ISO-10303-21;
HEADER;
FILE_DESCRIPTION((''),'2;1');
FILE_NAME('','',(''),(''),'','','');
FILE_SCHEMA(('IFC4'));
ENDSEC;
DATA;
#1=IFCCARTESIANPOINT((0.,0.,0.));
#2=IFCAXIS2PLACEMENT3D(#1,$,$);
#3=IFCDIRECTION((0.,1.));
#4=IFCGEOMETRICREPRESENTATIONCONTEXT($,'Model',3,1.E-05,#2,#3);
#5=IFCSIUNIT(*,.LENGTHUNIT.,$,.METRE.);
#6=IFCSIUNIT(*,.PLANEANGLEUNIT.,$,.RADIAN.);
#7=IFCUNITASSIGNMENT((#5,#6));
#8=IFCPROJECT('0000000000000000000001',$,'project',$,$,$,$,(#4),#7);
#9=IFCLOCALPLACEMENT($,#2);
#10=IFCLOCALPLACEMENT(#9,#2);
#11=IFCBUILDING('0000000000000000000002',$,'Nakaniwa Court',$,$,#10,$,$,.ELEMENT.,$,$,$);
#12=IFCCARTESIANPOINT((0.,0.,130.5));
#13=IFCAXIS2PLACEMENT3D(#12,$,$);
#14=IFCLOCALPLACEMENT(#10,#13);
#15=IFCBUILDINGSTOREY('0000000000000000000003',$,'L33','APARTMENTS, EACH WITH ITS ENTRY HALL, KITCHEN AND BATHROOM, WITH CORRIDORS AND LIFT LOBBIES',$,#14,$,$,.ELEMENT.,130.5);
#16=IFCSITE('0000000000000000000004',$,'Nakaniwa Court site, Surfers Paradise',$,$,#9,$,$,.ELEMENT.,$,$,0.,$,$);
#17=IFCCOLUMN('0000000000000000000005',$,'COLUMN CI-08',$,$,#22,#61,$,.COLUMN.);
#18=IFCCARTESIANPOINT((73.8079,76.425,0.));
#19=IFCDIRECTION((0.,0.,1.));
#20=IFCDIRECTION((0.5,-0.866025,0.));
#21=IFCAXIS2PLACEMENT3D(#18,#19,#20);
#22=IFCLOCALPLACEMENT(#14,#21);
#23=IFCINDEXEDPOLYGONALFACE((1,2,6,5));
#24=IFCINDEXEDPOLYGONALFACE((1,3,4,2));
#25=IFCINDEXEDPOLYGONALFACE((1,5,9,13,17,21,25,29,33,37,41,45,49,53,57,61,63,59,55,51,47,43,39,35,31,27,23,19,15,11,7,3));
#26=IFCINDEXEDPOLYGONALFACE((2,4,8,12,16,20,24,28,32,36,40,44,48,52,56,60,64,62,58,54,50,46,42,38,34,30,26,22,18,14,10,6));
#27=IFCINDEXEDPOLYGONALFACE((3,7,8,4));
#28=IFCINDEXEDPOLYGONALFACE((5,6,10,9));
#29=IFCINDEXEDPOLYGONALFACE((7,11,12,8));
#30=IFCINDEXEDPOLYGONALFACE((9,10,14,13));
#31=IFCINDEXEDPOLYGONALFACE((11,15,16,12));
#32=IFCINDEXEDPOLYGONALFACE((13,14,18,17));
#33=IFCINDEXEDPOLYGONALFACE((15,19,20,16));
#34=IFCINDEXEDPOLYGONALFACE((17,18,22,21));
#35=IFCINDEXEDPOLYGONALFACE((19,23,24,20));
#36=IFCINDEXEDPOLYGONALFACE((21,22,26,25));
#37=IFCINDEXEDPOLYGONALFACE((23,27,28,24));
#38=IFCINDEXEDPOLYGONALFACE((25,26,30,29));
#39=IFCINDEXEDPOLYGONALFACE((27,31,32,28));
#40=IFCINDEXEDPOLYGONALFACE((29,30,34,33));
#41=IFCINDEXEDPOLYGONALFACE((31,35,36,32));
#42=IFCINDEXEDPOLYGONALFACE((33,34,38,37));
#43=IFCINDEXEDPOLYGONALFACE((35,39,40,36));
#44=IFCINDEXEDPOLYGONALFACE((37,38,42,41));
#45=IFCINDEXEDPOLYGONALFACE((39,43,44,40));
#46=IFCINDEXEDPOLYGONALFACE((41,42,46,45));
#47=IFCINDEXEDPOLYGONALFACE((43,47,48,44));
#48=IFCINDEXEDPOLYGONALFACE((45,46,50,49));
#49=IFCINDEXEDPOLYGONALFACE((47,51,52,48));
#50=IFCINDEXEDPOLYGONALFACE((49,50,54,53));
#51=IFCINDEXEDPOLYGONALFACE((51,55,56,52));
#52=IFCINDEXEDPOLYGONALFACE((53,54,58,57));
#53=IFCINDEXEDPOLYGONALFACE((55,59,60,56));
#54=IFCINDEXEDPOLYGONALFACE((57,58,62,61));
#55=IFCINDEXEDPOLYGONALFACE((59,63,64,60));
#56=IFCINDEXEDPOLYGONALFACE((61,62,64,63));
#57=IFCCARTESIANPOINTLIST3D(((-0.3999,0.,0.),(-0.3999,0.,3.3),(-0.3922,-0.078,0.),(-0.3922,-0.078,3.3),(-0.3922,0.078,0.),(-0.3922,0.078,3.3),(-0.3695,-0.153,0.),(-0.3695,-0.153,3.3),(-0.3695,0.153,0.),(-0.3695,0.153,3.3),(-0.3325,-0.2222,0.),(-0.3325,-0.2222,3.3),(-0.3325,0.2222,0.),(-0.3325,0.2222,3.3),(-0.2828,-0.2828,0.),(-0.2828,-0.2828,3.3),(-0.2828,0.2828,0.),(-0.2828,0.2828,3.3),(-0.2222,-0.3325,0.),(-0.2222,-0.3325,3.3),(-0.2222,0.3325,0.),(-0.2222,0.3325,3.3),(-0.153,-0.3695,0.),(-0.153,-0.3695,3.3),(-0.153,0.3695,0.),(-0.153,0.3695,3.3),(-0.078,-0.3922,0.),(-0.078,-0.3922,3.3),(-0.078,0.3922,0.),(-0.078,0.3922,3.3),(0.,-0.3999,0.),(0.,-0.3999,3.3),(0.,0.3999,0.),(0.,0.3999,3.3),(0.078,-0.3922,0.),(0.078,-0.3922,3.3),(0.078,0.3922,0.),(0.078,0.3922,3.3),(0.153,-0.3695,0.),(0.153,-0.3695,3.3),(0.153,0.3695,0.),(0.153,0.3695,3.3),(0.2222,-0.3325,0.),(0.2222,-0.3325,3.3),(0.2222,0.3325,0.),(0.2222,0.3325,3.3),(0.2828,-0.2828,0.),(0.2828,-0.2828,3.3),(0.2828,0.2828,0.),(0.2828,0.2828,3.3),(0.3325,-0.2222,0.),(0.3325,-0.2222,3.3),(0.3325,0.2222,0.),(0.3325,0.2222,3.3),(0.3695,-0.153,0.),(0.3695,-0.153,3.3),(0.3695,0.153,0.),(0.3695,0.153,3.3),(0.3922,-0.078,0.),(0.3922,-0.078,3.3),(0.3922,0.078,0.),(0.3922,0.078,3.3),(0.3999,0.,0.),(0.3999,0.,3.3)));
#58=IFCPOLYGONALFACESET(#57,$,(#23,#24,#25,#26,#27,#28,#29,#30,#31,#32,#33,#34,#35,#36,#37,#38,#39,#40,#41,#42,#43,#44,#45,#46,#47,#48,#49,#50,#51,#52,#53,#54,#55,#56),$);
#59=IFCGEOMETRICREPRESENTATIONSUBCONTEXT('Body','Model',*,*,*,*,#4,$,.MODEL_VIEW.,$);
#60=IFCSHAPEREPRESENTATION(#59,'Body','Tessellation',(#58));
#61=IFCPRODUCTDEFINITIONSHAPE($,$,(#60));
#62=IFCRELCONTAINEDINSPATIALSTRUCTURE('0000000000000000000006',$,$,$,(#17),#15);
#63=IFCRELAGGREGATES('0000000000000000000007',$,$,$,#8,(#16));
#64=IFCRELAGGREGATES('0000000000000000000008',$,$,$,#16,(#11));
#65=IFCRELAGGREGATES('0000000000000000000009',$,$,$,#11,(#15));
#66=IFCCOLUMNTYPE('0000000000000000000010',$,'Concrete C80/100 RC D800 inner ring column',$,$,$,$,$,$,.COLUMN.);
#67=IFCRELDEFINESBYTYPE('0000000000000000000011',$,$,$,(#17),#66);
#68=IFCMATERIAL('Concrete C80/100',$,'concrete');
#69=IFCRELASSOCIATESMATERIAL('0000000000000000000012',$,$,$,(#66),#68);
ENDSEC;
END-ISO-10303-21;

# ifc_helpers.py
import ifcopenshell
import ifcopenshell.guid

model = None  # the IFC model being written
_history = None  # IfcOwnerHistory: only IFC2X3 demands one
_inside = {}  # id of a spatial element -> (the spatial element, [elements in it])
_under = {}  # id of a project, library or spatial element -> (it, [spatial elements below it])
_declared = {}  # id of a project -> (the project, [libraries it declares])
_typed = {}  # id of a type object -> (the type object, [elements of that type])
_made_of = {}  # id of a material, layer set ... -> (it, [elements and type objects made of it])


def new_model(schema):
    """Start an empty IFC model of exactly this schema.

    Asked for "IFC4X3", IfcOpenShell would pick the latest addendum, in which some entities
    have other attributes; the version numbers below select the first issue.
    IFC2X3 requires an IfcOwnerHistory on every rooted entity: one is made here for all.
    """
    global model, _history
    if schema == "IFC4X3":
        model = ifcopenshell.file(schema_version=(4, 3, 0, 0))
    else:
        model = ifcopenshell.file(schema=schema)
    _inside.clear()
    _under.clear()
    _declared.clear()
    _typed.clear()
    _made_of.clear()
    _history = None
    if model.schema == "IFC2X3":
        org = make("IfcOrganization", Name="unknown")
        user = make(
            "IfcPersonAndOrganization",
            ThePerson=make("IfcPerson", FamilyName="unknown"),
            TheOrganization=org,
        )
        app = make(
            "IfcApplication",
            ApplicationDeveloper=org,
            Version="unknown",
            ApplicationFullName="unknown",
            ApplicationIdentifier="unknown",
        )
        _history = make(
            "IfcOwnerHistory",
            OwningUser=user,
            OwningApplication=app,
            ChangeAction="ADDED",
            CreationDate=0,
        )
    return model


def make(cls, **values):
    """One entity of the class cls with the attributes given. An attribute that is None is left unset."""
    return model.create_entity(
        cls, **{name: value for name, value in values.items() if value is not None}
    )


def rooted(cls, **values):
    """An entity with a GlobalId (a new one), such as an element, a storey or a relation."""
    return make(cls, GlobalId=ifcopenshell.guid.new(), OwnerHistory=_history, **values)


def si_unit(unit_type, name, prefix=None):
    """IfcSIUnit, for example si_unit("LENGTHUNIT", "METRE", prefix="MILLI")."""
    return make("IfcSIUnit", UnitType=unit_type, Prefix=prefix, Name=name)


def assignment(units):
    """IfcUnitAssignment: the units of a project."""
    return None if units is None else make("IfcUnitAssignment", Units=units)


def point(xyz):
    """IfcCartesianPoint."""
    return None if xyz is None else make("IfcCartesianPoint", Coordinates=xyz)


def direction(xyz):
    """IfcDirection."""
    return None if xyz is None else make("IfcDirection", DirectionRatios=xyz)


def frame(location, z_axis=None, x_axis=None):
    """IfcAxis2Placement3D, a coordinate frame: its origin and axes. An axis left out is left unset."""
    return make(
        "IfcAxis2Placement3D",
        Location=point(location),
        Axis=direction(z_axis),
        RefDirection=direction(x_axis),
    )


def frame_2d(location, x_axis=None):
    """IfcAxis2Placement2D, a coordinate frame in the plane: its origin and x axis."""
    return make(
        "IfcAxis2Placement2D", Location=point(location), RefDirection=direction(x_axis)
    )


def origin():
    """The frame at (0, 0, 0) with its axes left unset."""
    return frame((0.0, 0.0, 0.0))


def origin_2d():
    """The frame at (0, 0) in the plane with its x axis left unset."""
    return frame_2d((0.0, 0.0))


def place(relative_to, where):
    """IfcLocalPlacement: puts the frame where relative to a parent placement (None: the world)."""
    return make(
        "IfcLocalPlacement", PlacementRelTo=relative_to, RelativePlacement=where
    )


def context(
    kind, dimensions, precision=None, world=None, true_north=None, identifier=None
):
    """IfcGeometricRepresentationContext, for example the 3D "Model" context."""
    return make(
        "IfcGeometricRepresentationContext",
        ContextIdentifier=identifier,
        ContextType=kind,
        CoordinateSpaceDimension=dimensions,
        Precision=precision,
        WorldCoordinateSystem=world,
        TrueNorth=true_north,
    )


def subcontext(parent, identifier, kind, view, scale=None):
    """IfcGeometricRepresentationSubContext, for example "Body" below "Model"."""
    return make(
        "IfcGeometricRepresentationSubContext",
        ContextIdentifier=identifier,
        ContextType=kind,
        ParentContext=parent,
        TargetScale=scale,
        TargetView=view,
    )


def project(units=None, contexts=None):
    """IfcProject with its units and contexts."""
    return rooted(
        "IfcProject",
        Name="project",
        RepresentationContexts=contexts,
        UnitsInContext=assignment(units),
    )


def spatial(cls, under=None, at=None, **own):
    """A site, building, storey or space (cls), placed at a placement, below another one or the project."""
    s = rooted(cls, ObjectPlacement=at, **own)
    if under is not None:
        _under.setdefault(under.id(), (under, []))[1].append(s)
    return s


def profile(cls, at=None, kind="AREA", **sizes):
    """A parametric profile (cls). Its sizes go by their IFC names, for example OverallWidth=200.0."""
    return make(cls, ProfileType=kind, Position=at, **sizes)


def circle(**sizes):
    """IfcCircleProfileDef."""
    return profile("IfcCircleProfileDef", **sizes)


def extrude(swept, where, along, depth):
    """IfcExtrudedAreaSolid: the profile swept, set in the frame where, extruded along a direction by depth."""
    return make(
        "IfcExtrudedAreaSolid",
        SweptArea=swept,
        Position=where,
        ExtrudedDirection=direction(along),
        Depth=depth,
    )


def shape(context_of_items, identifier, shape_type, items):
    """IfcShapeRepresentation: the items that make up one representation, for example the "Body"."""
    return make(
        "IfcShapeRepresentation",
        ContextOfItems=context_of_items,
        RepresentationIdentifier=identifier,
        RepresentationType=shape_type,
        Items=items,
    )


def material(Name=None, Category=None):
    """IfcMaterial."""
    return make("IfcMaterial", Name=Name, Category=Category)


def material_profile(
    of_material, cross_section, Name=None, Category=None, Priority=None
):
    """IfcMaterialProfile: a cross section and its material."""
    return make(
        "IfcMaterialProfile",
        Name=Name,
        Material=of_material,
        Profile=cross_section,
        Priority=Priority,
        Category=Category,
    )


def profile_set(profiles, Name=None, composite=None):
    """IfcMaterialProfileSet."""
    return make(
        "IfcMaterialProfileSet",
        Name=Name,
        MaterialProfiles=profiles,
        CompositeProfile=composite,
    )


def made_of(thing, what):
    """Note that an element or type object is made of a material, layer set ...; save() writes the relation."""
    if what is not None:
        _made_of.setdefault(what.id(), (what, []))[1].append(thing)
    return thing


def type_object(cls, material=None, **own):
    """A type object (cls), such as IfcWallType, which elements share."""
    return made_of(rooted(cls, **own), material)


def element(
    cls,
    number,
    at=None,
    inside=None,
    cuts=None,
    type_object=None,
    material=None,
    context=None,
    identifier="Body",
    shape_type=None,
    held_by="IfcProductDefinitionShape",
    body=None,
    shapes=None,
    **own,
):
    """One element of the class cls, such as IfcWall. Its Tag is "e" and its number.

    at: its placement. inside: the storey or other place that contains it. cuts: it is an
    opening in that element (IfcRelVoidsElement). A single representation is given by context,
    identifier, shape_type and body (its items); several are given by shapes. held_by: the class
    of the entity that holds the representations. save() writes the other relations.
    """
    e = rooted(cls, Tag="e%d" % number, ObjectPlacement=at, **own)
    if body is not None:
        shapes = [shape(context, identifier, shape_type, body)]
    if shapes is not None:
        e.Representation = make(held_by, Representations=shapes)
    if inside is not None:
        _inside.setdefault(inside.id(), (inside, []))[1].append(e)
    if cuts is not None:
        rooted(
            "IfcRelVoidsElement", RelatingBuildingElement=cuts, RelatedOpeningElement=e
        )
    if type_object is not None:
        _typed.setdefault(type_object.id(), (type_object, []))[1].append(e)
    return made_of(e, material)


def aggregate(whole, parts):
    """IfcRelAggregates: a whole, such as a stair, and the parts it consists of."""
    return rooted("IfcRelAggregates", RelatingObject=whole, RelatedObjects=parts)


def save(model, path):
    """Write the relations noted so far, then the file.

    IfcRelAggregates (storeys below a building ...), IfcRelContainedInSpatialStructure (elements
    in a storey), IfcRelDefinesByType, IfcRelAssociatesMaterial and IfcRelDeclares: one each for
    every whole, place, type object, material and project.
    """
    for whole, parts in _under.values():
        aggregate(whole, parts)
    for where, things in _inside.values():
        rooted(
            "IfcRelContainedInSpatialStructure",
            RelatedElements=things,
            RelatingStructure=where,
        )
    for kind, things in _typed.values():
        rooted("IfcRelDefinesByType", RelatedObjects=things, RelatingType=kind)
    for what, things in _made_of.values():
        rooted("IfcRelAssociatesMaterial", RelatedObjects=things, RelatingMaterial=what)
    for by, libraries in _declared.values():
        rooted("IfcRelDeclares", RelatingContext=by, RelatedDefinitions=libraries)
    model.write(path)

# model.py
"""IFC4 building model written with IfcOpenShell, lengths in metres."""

from ifc_helpers import new_model, si_unit, direction, frame, origin, origin_2d, place, context, subcontext, project, spatial, circle, extrude, material, material_profile, profile_set, type_object, element, save


model = new_model("IFC4")

# Units and contexts
model_context = context("Model", 3, precision=1e-05, world=origin(), true_north=direction((0.0, 1.0)))
body_context = subcontext(model_context, "Body", "Model", "MODEL_VIEW")
ifc_project = project(units=[si_unit("LENGTHUNIT", "METRE"), si_unit("PLANEANGLEUNIT", "RADIAN")], contexts=[model_context])

# Site, building, storey
site_placement = place(None, origin())
site = spatial("IfcSite", under=ifc_project, at=site_placement, Name="Nakaniwa Court site, Surfers Paradise", CompositionType="ELEMENT", RefElevation=0.0)
building_placement = place(site_placement, origin())
building = spatial("IfcBuilding", under=site, at=building_placement, Name="Nakaniwa Court", CompositionType="ELEMENT")
storey_placement = place(building_placement, frame((0.0, 0.0, 130.5)))
storey = spatial("IfcBuildingStorey", under=building, at=storey_placement, Name="L33", Description="APARTMENTS, EACH WITH ITS ENTRY HALL, KITCHEN AND BATHROOM, WITH CORRIDORS AND LIFT LOBBIES", CompositionType="ELEMENT", Elevation=130.5)

# Column
ifc_material_1 = material(Name="Concrete C80/100", Category="concrete")
ifc_material_profile_1 = material_profile(ifc_material_1, circle(Radius=0.3999, at=origin_2d()), Name="Concrete C80/100 RC D800 inner ring column")
ifc_profile_set_1 = profile_set([ifc_material_profile_1], Name="Concrete C80/100")
column_type_1 = type_object("IfcColumnType", Name="Concrete C80/100 RC D800 inner ring column", PredefinedType="COLUMN", material=ifc_profile_set_1)
for number, where, z_axis, x_axis, name in (
    (1, (73.8079, 76.425, 0.0), (0.0, 0.0, 1.0), (0.5, -0.866025, 0.0), "COLUMN CI-08"),
):
    element("IfcColumn", number, at=place(storey_placement, frame(where, z_axis=z_axis, x_axis=x_axis)), inside=storey, type_object=column_type_1, Name=name, PredefinedType="COLUMN", context=body_context, shape_type="SweptSolid", body=[
        extrude(circle(Radius=0.3999, at=origin_2d()), origin(), (0.0, 0.0, 1.0), 3.3),
    ])

save(model, "model.ifc")
